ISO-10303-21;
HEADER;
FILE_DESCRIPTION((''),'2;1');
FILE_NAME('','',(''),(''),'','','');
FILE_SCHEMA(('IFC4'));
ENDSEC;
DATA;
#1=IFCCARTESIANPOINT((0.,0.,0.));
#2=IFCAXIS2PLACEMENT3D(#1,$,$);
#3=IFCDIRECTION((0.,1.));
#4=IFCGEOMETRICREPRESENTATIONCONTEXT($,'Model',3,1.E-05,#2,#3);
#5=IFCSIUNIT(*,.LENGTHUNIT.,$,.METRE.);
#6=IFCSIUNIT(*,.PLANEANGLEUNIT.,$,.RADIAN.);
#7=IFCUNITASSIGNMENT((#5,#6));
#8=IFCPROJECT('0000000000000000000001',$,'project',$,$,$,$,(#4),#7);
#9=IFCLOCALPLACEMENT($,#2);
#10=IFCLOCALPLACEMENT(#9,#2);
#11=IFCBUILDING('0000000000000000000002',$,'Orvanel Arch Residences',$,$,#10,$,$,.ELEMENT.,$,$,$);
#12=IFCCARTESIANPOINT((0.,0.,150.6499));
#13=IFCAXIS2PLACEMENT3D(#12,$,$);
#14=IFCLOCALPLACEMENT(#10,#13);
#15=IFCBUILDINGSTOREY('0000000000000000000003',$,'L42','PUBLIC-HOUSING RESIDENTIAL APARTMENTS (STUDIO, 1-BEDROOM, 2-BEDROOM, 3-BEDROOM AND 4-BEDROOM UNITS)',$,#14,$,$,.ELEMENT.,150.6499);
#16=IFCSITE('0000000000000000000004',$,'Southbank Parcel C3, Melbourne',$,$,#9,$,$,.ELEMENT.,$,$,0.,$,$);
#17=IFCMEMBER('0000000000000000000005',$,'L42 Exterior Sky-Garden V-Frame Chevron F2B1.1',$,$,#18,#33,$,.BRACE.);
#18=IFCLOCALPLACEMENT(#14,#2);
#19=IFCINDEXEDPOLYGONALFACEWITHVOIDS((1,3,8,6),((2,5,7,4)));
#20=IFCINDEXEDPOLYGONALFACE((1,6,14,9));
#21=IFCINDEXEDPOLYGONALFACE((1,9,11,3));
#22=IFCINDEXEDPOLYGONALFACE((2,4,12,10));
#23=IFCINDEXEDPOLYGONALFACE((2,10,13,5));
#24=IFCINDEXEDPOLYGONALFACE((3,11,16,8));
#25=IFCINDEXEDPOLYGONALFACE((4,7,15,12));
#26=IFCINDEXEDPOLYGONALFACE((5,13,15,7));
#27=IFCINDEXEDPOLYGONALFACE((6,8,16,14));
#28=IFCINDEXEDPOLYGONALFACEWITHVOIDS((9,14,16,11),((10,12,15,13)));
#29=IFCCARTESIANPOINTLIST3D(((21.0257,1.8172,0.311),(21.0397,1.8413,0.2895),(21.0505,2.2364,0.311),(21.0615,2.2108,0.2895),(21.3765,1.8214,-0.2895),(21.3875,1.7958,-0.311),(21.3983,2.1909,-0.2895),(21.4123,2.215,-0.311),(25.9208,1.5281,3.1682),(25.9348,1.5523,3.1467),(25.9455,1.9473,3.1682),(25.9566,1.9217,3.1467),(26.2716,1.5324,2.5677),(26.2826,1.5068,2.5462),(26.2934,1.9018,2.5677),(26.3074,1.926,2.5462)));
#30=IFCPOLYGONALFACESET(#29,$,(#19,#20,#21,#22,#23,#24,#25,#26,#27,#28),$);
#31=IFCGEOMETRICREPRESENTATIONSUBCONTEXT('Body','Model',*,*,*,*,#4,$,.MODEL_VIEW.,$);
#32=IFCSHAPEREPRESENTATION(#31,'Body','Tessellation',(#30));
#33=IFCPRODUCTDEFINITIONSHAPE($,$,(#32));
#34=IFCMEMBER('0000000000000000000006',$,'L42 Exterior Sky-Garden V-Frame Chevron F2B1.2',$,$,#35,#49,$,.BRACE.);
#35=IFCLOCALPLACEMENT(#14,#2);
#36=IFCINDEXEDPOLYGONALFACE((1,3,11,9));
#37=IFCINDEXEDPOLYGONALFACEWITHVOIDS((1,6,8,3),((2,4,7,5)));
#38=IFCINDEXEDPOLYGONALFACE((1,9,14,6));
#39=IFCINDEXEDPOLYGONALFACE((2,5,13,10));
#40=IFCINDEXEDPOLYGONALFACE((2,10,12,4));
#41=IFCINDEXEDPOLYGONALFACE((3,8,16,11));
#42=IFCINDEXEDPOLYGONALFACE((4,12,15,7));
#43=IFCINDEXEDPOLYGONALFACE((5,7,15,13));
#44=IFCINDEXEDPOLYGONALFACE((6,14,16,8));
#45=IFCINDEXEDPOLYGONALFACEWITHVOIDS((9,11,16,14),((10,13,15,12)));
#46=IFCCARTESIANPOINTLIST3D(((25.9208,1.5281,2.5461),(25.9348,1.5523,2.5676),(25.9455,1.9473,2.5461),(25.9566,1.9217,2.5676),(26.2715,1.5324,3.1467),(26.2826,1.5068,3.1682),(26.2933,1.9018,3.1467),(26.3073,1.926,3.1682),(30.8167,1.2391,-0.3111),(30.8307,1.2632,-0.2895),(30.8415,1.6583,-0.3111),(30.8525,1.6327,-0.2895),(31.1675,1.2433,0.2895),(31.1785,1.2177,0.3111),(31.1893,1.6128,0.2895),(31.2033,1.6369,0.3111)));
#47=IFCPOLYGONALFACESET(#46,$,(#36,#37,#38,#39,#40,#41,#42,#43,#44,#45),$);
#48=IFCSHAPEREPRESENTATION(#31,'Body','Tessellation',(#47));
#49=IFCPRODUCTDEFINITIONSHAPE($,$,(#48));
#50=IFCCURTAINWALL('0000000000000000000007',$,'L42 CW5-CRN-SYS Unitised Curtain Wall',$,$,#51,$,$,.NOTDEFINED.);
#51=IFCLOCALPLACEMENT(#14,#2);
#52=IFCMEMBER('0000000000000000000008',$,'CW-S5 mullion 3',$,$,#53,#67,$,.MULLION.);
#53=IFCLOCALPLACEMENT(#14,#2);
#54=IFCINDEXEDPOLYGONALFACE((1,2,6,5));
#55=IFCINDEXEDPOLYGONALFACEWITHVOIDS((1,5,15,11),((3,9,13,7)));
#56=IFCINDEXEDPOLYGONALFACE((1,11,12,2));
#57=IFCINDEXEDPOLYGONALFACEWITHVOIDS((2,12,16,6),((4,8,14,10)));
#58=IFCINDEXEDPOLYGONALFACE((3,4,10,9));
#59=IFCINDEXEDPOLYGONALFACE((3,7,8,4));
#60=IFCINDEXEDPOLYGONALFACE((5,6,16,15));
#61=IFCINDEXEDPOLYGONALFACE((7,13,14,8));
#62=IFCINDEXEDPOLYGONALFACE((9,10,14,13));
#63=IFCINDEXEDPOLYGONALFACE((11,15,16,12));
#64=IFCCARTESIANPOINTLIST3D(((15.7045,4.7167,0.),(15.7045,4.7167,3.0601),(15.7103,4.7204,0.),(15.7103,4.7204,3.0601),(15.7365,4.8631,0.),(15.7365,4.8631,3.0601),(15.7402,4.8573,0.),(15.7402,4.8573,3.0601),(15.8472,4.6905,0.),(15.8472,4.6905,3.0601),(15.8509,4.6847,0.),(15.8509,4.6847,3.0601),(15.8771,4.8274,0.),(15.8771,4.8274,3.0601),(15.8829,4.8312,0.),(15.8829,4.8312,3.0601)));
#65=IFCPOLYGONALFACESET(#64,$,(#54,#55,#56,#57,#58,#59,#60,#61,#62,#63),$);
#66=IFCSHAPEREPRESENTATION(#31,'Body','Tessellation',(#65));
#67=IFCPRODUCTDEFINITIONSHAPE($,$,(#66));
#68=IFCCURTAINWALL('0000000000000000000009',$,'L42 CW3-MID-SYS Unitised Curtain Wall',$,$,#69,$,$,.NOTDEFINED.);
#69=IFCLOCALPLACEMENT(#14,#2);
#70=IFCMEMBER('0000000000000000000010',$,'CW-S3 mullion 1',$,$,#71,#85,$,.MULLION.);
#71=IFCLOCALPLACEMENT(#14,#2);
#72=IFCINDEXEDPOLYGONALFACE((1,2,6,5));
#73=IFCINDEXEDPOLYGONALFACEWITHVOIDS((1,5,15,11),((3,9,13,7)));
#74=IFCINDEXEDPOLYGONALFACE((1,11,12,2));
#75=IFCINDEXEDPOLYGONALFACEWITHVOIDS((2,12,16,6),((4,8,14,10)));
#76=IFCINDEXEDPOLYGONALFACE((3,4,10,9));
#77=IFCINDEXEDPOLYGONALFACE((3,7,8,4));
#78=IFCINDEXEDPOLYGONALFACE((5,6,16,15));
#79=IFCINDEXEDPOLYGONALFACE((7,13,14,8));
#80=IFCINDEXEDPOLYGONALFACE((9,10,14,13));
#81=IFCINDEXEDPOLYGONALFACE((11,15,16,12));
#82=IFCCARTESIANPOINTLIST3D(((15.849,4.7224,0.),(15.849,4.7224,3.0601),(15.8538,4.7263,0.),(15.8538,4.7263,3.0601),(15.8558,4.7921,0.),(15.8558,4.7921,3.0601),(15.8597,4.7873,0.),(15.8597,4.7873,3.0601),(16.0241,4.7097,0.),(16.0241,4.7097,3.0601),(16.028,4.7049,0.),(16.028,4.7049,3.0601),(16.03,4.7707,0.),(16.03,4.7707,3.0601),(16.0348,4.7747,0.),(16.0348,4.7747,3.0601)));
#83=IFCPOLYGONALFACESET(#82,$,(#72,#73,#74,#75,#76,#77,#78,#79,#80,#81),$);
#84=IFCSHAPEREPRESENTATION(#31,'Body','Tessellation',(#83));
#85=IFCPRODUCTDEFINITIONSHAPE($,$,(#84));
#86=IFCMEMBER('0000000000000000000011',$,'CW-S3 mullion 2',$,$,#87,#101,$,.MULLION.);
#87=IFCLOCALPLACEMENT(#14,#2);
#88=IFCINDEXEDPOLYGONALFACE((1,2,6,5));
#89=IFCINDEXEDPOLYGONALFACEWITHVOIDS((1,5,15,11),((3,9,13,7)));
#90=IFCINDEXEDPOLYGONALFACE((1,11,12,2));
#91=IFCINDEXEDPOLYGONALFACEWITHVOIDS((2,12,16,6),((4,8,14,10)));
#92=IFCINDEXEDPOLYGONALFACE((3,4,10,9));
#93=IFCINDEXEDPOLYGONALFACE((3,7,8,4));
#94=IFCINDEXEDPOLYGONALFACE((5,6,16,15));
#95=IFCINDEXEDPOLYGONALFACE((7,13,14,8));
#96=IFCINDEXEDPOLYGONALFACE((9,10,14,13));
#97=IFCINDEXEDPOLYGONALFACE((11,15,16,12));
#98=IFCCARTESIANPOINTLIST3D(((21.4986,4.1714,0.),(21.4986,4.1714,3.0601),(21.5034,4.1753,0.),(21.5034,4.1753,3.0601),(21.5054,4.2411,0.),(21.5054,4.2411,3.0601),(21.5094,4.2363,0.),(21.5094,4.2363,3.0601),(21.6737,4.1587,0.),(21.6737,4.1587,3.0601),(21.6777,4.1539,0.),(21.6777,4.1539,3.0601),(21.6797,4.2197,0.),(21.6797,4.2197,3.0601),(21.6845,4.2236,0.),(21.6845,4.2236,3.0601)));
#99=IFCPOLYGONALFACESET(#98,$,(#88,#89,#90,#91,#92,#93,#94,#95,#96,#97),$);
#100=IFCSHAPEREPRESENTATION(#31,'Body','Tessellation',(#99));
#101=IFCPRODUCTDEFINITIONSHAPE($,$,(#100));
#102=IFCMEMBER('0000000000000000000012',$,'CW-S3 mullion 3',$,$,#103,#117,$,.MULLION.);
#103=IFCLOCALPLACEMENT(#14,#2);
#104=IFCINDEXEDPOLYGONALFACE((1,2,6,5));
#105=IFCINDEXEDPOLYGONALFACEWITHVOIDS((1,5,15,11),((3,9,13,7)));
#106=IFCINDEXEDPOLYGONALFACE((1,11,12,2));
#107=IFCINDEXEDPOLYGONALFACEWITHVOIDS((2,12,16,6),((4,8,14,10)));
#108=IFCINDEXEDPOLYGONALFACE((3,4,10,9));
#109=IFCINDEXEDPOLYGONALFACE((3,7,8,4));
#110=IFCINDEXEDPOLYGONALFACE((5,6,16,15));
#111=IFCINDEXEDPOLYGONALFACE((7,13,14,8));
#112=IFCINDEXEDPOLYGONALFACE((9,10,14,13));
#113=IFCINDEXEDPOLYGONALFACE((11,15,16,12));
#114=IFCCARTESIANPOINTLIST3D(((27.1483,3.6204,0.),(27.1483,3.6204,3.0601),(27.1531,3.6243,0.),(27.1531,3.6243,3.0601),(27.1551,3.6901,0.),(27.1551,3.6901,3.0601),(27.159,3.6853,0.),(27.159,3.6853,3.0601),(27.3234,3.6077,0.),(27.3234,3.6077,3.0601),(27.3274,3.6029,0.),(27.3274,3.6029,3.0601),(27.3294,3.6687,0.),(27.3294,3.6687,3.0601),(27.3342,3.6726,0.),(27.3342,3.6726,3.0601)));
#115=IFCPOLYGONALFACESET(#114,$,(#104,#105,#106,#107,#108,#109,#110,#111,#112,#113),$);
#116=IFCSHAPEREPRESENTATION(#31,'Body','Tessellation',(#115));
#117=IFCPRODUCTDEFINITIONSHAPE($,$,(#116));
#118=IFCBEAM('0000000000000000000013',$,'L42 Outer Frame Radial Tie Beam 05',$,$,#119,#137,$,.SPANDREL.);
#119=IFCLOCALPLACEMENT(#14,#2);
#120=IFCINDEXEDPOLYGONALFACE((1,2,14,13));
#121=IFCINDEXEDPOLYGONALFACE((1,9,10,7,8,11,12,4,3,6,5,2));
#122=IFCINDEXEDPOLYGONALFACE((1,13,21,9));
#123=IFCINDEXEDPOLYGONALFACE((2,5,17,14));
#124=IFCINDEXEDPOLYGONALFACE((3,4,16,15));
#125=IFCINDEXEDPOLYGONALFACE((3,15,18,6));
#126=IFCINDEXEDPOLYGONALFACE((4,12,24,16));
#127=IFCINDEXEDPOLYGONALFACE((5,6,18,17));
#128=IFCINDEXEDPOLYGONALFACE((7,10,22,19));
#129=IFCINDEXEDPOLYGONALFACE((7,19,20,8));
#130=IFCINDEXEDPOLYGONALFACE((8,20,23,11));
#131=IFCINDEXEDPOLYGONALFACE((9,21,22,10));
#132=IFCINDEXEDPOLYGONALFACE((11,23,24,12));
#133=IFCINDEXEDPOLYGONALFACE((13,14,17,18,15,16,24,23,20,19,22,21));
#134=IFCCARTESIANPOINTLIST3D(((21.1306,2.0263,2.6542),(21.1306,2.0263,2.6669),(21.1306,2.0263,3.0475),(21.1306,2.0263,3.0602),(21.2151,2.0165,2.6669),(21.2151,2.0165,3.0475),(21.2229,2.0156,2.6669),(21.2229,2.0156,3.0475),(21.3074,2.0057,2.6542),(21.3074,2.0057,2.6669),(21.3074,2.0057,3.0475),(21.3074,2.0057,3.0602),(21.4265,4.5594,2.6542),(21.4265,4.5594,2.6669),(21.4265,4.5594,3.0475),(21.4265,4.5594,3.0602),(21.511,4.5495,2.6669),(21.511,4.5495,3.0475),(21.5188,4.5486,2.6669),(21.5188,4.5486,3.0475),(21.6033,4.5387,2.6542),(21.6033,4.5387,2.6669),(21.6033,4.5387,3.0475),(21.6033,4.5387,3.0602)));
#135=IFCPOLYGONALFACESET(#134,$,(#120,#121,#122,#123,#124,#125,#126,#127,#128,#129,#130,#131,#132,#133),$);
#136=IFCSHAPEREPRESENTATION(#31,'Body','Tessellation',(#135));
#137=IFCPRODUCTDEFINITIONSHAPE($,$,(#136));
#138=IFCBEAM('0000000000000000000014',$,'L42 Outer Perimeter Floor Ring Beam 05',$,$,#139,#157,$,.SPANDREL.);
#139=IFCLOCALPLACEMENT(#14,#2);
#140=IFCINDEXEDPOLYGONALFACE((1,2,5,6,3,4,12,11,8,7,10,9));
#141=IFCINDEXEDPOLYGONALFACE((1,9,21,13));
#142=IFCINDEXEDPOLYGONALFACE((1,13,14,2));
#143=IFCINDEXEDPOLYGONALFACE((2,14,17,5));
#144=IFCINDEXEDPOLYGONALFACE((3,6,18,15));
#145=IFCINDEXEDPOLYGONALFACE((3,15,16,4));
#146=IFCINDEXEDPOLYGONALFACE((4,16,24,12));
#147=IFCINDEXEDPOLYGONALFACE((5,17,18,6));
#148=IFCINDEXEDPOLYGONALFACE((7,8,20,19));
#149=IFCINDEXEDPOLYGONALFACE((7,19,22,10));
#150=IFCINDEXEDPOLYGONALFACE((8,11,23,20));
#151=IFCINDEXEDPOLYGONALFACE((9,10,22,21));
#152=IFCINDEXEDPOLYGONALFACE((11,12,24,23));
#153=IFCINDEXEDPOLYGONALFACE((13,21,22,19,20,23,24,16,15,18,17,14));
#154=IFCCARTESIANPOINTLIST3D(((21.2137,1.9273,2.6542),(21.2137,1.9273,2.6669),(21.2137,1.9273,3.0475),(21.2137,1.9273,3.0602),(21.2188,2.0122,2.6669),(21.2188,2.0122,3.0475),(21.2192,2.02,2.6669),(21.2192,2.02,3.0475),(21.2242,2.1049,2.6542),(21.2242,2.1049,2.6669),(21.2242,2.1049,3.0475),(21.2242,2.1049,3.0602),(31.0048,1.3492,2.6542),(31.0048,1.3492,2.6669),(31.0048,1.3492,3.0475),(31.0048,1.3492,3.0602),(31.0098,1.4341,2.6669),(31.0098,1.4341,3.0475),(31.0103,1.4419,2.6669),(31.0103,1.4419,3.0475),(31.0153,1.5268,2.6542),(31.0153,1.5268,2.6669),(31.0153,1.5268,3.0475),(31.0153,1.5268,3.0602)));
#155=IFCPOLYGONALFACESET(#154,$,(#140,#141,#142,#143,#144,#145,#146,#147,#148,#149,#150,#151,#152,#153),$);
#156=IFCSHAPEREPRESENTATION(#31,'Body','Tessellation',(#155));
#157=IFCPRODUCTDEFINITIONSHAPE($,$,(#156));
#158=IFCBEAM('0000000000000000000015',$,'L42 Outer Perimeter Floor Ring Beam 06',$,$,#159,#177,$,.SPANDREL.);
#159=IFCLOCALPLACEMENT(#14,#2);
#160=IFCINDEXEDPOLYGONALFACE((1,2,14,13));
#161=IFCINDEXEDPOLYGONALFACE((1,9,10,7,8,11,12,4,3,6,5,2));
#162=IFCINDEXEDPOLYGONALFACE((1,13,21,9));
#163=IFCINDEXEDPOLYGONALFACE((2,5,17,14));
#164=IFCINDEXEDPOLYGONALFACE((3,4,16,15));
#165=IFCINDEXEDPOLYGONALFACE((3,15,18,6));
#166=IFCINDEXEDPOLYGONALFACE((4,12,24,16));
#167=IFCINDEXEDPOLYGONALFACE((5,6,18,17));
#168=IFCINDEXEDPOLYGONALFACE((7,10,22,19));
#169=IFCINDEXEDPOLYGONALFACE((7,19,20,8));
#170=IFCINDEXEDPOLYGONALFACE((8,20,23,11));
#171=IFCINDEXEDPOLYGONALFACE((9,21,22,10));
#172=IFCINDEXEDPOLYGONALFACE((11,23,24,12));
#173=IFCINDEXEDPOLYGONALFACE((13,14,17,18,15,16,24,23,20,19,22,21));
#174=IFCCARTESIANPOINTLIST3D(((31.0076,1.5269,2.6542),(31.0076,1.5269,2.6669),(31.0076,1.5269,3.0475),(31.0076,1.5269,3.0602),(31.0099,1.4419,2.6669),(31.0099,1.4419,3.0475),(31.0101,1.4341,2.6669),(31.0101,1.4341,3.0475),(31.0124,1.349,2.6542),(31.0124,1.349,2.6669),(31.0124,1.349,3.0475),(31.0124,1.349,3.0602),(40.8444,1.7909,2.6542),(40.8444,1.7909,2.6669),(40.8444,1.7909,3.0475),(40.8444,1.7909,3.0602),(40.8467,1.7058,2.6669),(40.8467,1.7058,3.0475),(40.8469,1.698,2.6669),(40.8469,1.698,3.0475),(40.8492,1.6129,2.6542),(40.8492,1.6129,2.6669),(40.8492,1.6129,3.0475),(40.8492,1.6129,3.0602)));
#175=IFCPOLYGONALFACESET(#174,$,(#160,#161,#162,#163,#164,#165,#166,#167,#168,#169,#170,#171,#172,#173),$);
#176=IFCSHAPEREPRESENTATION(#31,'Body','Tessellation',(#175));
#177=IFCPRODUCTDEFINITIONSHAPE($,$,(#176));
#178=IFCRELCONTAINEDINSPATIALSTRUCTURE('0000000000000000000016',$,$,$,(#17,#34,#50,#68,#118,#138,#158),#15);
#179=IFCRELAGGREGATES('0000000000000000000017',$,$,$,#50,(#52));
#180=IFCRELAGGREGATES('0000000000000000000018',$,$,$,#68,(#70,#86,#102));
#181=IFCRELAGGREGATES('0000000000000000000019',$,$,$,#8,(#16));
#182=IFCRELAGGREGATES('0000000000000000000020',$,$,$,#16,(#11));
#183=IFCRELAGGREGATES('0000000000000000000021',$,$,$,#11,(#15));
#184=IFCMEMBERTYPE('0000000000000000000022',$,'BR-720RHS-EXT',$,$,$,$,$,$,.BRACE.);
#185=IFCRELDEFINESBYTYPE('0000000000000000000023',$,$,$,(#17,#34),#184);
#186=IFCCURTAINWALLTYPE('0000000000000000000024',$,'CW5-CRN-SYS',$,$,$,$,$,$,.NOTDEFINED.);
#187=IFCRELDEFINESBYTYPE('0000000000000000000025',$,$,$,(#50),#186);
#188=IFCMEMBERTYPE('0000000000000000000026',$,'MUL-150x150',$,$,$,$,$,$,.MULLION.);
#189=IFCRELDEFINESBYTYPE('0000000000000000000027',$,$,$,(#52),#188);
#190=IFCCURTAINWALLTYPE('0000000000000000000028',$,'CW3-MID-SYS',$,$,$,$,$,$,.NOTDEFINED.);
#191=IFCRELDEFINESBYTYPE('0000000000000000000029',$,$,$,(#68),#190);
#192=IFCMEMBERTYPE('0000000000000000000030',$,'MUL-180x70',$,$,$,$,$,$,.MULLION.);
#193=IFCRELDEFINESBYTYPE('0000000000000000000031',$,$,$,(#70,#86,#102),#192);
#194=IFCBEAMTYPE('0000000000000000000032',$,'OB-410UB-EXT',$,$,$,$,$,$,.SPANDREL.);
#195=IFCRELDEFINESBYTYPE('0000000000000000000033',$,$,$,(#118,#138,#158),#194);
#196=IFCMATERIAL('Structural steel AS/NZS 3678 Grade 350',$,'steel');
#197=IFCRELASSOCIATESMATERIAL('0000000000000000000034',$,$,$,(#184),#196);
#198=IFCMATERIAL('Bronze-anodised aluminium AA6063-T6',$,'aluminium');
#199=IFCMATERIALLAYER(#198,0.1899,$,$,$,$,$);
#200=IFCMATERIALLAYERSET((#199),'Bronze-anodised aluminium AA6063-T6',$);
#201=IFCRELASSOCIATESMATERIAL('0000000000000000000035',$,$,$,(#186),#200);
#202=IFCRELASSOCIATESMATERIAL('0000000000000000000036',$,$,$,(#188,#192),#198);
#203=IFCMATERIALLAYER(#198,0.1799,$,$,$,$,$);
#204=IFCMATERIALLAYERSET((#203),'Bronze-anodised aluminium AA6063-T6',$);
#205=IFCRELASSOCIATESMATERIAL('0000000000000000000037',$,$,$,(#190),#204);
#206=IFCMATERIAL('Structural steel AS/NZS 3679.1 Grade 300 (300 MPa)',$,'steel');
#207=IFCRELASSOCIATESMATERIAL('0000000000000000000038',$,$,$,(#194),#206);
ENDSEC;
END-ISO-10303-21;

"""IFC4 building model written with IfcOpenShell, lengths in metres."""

from ifc_helpers import new_model, si_unit, direction, frame, origin, origin_2d, place, context, subcontext, project, spatial, hollow_rectangle, i_section, extrude, material, layer, layer_set, material_profile, profile_set, type_object, element, aggregate, save


model = new_model("IFC4")

# Units and contexts
model_context = context("Model", 3, precision=1e-05, world=origin(), true_north=direction((0.0, 1.0)))
body_context = subcontext(model_context, "Body", "Model", "MODEL_VIEW")
ifc_project = project(units=[si_unit("LENGTHUNIT", "METRE"), si_unit("PLANEANGLEUNIT", "RADIAN")], contexts=[model_context])

# Site, building, storey
site_placement = place(None, origin())
site = spatial("IfcSite", under=ifc_project, at=site_placement, Name="Southbank Parcel C3, Melbourne", CompositionType="ELEMENT", RefElevation=0.0)
building_placement = place(site_placement, origin())
building = spatial("IfcBuilding", under=site, at=building_placement, Name="Orvanel Arch Residences", CompositionType="ELEMENT")
storey_placement = place(building_placement, frame((0.0, 0.0, 150.6499)))
storey = spatial("IfcBuildingStorey", under=building, at=storey_placement, Name="L42", Description="PUBLIC-HOUSING RESIDENTIAL APARTMENTS (STUDIO, 1-BEDROOM, 2-BEDROOM, 3-BEDROOM AND 4-BEDROOM UNITS)", CompositionType="ELEMENT", Elevation=150.6499)

# Members
ifc_material_1 = material(Name="Structural steel AS/NZS 3678 Grade 350", Category="steel")
ifc_material_profile_1 = material_profile(ifc_material_1, hollow_rectangle(XDim=0.4199, YDim=0.72, WallThickness=0.0249, at=origin_2d()), Name="RHS720x420x25")
ifc_profile_set_1 = profile_set([ifc_material_profile_1], Name="Structural steel AS/NZS 3678 Grade 350")
member_type_1 = type_object("IfcMemberType", Name="BR-720RHS-EXT", PredefinedType="BRACE", material=ifc_profile_set_1)
member_1_placement = place(storey_placement, frame((21.219, 2.0161, 0.0), z_axis=(0.862524, -0.050934, 0.503447), x_axis=(0.05895, 0.998261, 0.0)))
element("IfcMember", 1, at=member_1_placement, inside=storey, type_object=member_type_1, Name="L42 Exterior Sky-Garden V-Frame Chevron F2B1.1", PredefinedType="BRACE", context=body_context, shape_type="SweptSolid", body=[
    extrude(hollow_rectangle(XDim=0.4199, YDim=0.72, WallThickness=0.0249, at=origin_2d()), origin(), (0.0, 0.0, 1.0), 5.6753),
])
member_2_placement = place(storey_placement, frame((31.01, 1.438, 0.0), z_axis=(-0.862568, 0.050926, 0.503372), x_axis=(-0.058938, -0.998262, 0.0)))
element("IfcMember", 2, at=member_2_placement, inside=storey, type_object=member_type_1, Name="L42 Exterior Sky-Garden V-Frame Chevron F2B1.2", PredefinedType="BRACE", context=body_context, shape_type="SweptSolid", body=[
    extrude(hollow_rectangle(XDim=0.4199, YDim=0.72, WallThickness=0.0249, at=origin_2d()), origin(), (0.0, 0.0, 1.0), 5.676),
])

# Curtain wall, member
ifc_material_2 = material(Name="Bronze-anodised aluminium AA6063-T6", Category="aluminium")
ifc_layer_1 = layer(ifc_material_2, 0.1899)
ifc_layer_set_1 = layer_set([ifc_layer_1], Name="Bronze-anodised aluminium AA6063-T6")
curtain_wall_type_1 = type_object("IfcCurtainWallType", Name="CW5-CRN-SYS", PredefinedType="NOTDEFINED", material=ifc_layer_set_1)
curtain_wall_1_placement = place(storey_placement, origin())
curtain_wall_1 = element("IfcCurtainWall", 3, at=curtain_wall_1_placement, inside=storey, type_object=curtain_wall_type_1, Name="L42 CW5-CRN-SYS Unitised Curtain Wall", PredefinedType="NOTDEFINED")
ifc_material_profile_2 = material_profile(ifc_material_2, hollow_rectangle(XDim=0.1499, YDim=0.1499, WallThickness=0.0049, at=origin_2d()), Name="ALU150x150x5")
ifc_profile_set_2 = profile_set([ifc_material_profile_2], Name="Bronze-anodised aluminium AA6063-T6")
member_type_2 = type_object("IfcMemberType", Name="MUL-150x150", PredefinedType="MULLION", material=ifc_profile_set_2)
member_3_placement = place(storey_placement, frame((15.7937, 4.7739, 0.0), z_axis=(0.0, 0.0, 1.0), x_axis=(0.213294, 0.976988, 0.0)))
member_3 = element("IfcMember", 4, at=member_3_placement, type_object=member_type_2, Name="CW-S5 mullion 3", PredefinedType="MULLION", context=body_context, shape_type="SweptSolid", body=[
    extrude(hollow_rectangle(XDim=0.1499, YDim=0.1499, WallThickness=0.0049, at=origin_2d()), origin(), (0.0, 0.0, 1.0), 3.0601),
])
aggregate(curtain_wall_1, [member_3])

# Curtain wall, members
ifc_layer_2 = layer(ifc_material_2, 0.1799)
ifc_layer_set_2 = layer_set([ifc_layer_2], Name="Bronze-anodised aluminium AA6063-T6")
curtain_wall_type_2 = type_object("IfcCurtainWallType", Name="CW3-MID-SYS", PredefinedType="NOTDEFINED", material=ifc_layer_set_2)
curtain_wall_2_placement = place(storey_placement, origin())
curtain_wall_2 = element("IfcCurtainWall", 5, at=curtain_wall_2_placement, inside=storey, type_object=curtain_wall_type_2, Name="L42 CW3-MID-SYS Unitised Curtain Wall", PredefinedType="NOTDEFINED")
ifc_material_profile_3 = material_profile(ifc_material_2, hollow_rectangle(XDim=0.0701, YDim=0.1799, WallThickness=0.0044, at=origin_2d()), Name="ALU180x70x4.5")
ifc_profile_set_3 = profile_set([ifc_material_profile_3], Name="Bronze-anodised aluminium AA6063-T6")
member_type_3 = type_object("IfcMemberType", Name="MUL-180x70", PredefinedType="MULLION", material=ifc_profile_set_3)
member_4_placement = place(storey_placement, frame((15.9419, 4.7485, 0.0), z_axis=(0.0, 0.0, 1.0), x_axis=(0.097085, 0.995276, 0.0)))
member_4 = element("IfcMember", 6, at=member_4_placement, type_object=member_type_3, Name="CW-S3 mullion 1", PredefinedType="MULLION", context=body_context, shape_type="SweptSolid", body=[
    extrude(hollow_rectangle(XDim=0.0701, YDim=0.1799, WallThickness=0.0044, at=origin_2d()), origin(), (0.0, 0.0, 1.0), 3.0601),
])
member_5_placement = place(storey_placement, frame((21.5916, 4.1975, 0.0), z_axis=(0.0, 0.0, 1.0), x_axis=(0.097085, 0.995276, 0.0)))
member_5 = element("IfcMember", 7, at=member_5_placement, type_object=member_type_3, Name="CW-S3 mullion 2", PredefinedType="MULLION", context=body_context, shape_type="SweptSolid", body=[
    extrude(hollow_rectangle(XDim=0.0701, YDim=0.1799, WallThickness=0.0044, at=origin_2d()), origin(), (0.0, 0.0, 1.0), 3.0601),
])
member_6_placement = place(storey_placement, frame((27.2412, 3.6465, 0.0), z_axis=(0.0, 0.0, 1.0), x_axis=(0.097085, 0.995276, 0.0)))
member_6 = element("IfcMember", 8, at=member_6_placement, type_object=member_type_3, Name="CW-S3 mullion 3", PredefinedType="MULLION", context=body_context, shape_type="SweptSolid", body=[
    extrude(hollow_rectangle(XDim=0.0701, YDim=0.1799, WallThickness=0.0044, at=origin_2d()), origin(), (0.0, 0.0, 1.0), 3.0601),
])

# Beams
ifc_material_3 = material(Name="Structural steel AS/NZS 3679.1 Grade 300 (300 MPa)", Category="steel")
ifc_material_profile_4 = material_profile(ifc_material_3, i_section(OverallWidth=0.178, OverallDepth=0.406, WebThickness=0.0078, FlangeThickness=0.0127, at=origin_2d()), Name="410UB59.7")
ifc_profile_set_4 = profile_set([ifc_material_profile_4], Name="Structural steel AS/NZS 3679.1 Grade 300 (300 MPa)")
beam_type = type_object("IfcBeamType", Name="OB-410UB-EXT", PredefinedType="SPANDREL", material=ifc_profile_set_4)
beam_1_placement = place(storey_placement, frame((21.5149, 4.5491, 2.8572), z_axis=(-0.11603, -0.993246, 0.0), x_axis=(0.993246, -0.11603, 0.0)))
element("IfcBeam", 9, at=beam_1_placement, inside=storey, type_object=beam_type, Name="L42 Outer Frame Radial Tie Beam 05", PredefinedType="SPANDREL", context=body_context, shape_type="SweptSolid", body=[
    extrude(i_section(OverallWidth=0.178, OverallDepth=0.406, WebThickness=0.0078, FlangeThickness=0.0127, at=origin_2d()), origin(), (0.0, 0.0, 1.0), 2.5503),
])
beam_2_placement = place(storey_placement, frame((21.219, 2.0161, 2.8572), z_axis=(0.998261, -0.058944, 0.0), x_axis=(0.058944, 0.998261, 0.0)))
element("IfcBeam", 10, at=beam_2_placement, inside=storey, type_object=beam_type, Name="L42 Outer Perimeter Floor Ring Beam 05", PredefinedType="SPANDREL", context=body_context, shape_type="SweptSolid", body=[
    extrude(i_section(OverallWidth=0.178, OverallDepth=0.406, WebThickness=0.0078, FlangeThickness=0.0127, at=origin_2d()), origin(), (0.0, 0.0, 1.0), 9.8081),
])
beam_3_placement = place(storey_placement, frame((31.01, 1.438, 2.8572), z_axis=(0.99964, 0.026819, 0.0), x_axis=(-0.026819, 0.99964, 0.0)))
element("IfcBeam", 11, at=beam_3_placement, inside=storey, type_object=beam_type, Name="L42 Outer Perimeter Floor Ring Beam 06", PredefinedType="SPANDREL", context=body_context, shape_type="SweptSolid", body=[
    extrude(i_section(OverallWidth=0.178, OverallDepth=0.406, WebThickness=0.0078, FlangeThickness=0.0127, at=origin_2d()), origin(), (0.0, 0.0, 1.0), 9.8403),
])

aggregate(curtain_wall_2, [member_4, member_5, member_6])

save(model, "model.ifc")
